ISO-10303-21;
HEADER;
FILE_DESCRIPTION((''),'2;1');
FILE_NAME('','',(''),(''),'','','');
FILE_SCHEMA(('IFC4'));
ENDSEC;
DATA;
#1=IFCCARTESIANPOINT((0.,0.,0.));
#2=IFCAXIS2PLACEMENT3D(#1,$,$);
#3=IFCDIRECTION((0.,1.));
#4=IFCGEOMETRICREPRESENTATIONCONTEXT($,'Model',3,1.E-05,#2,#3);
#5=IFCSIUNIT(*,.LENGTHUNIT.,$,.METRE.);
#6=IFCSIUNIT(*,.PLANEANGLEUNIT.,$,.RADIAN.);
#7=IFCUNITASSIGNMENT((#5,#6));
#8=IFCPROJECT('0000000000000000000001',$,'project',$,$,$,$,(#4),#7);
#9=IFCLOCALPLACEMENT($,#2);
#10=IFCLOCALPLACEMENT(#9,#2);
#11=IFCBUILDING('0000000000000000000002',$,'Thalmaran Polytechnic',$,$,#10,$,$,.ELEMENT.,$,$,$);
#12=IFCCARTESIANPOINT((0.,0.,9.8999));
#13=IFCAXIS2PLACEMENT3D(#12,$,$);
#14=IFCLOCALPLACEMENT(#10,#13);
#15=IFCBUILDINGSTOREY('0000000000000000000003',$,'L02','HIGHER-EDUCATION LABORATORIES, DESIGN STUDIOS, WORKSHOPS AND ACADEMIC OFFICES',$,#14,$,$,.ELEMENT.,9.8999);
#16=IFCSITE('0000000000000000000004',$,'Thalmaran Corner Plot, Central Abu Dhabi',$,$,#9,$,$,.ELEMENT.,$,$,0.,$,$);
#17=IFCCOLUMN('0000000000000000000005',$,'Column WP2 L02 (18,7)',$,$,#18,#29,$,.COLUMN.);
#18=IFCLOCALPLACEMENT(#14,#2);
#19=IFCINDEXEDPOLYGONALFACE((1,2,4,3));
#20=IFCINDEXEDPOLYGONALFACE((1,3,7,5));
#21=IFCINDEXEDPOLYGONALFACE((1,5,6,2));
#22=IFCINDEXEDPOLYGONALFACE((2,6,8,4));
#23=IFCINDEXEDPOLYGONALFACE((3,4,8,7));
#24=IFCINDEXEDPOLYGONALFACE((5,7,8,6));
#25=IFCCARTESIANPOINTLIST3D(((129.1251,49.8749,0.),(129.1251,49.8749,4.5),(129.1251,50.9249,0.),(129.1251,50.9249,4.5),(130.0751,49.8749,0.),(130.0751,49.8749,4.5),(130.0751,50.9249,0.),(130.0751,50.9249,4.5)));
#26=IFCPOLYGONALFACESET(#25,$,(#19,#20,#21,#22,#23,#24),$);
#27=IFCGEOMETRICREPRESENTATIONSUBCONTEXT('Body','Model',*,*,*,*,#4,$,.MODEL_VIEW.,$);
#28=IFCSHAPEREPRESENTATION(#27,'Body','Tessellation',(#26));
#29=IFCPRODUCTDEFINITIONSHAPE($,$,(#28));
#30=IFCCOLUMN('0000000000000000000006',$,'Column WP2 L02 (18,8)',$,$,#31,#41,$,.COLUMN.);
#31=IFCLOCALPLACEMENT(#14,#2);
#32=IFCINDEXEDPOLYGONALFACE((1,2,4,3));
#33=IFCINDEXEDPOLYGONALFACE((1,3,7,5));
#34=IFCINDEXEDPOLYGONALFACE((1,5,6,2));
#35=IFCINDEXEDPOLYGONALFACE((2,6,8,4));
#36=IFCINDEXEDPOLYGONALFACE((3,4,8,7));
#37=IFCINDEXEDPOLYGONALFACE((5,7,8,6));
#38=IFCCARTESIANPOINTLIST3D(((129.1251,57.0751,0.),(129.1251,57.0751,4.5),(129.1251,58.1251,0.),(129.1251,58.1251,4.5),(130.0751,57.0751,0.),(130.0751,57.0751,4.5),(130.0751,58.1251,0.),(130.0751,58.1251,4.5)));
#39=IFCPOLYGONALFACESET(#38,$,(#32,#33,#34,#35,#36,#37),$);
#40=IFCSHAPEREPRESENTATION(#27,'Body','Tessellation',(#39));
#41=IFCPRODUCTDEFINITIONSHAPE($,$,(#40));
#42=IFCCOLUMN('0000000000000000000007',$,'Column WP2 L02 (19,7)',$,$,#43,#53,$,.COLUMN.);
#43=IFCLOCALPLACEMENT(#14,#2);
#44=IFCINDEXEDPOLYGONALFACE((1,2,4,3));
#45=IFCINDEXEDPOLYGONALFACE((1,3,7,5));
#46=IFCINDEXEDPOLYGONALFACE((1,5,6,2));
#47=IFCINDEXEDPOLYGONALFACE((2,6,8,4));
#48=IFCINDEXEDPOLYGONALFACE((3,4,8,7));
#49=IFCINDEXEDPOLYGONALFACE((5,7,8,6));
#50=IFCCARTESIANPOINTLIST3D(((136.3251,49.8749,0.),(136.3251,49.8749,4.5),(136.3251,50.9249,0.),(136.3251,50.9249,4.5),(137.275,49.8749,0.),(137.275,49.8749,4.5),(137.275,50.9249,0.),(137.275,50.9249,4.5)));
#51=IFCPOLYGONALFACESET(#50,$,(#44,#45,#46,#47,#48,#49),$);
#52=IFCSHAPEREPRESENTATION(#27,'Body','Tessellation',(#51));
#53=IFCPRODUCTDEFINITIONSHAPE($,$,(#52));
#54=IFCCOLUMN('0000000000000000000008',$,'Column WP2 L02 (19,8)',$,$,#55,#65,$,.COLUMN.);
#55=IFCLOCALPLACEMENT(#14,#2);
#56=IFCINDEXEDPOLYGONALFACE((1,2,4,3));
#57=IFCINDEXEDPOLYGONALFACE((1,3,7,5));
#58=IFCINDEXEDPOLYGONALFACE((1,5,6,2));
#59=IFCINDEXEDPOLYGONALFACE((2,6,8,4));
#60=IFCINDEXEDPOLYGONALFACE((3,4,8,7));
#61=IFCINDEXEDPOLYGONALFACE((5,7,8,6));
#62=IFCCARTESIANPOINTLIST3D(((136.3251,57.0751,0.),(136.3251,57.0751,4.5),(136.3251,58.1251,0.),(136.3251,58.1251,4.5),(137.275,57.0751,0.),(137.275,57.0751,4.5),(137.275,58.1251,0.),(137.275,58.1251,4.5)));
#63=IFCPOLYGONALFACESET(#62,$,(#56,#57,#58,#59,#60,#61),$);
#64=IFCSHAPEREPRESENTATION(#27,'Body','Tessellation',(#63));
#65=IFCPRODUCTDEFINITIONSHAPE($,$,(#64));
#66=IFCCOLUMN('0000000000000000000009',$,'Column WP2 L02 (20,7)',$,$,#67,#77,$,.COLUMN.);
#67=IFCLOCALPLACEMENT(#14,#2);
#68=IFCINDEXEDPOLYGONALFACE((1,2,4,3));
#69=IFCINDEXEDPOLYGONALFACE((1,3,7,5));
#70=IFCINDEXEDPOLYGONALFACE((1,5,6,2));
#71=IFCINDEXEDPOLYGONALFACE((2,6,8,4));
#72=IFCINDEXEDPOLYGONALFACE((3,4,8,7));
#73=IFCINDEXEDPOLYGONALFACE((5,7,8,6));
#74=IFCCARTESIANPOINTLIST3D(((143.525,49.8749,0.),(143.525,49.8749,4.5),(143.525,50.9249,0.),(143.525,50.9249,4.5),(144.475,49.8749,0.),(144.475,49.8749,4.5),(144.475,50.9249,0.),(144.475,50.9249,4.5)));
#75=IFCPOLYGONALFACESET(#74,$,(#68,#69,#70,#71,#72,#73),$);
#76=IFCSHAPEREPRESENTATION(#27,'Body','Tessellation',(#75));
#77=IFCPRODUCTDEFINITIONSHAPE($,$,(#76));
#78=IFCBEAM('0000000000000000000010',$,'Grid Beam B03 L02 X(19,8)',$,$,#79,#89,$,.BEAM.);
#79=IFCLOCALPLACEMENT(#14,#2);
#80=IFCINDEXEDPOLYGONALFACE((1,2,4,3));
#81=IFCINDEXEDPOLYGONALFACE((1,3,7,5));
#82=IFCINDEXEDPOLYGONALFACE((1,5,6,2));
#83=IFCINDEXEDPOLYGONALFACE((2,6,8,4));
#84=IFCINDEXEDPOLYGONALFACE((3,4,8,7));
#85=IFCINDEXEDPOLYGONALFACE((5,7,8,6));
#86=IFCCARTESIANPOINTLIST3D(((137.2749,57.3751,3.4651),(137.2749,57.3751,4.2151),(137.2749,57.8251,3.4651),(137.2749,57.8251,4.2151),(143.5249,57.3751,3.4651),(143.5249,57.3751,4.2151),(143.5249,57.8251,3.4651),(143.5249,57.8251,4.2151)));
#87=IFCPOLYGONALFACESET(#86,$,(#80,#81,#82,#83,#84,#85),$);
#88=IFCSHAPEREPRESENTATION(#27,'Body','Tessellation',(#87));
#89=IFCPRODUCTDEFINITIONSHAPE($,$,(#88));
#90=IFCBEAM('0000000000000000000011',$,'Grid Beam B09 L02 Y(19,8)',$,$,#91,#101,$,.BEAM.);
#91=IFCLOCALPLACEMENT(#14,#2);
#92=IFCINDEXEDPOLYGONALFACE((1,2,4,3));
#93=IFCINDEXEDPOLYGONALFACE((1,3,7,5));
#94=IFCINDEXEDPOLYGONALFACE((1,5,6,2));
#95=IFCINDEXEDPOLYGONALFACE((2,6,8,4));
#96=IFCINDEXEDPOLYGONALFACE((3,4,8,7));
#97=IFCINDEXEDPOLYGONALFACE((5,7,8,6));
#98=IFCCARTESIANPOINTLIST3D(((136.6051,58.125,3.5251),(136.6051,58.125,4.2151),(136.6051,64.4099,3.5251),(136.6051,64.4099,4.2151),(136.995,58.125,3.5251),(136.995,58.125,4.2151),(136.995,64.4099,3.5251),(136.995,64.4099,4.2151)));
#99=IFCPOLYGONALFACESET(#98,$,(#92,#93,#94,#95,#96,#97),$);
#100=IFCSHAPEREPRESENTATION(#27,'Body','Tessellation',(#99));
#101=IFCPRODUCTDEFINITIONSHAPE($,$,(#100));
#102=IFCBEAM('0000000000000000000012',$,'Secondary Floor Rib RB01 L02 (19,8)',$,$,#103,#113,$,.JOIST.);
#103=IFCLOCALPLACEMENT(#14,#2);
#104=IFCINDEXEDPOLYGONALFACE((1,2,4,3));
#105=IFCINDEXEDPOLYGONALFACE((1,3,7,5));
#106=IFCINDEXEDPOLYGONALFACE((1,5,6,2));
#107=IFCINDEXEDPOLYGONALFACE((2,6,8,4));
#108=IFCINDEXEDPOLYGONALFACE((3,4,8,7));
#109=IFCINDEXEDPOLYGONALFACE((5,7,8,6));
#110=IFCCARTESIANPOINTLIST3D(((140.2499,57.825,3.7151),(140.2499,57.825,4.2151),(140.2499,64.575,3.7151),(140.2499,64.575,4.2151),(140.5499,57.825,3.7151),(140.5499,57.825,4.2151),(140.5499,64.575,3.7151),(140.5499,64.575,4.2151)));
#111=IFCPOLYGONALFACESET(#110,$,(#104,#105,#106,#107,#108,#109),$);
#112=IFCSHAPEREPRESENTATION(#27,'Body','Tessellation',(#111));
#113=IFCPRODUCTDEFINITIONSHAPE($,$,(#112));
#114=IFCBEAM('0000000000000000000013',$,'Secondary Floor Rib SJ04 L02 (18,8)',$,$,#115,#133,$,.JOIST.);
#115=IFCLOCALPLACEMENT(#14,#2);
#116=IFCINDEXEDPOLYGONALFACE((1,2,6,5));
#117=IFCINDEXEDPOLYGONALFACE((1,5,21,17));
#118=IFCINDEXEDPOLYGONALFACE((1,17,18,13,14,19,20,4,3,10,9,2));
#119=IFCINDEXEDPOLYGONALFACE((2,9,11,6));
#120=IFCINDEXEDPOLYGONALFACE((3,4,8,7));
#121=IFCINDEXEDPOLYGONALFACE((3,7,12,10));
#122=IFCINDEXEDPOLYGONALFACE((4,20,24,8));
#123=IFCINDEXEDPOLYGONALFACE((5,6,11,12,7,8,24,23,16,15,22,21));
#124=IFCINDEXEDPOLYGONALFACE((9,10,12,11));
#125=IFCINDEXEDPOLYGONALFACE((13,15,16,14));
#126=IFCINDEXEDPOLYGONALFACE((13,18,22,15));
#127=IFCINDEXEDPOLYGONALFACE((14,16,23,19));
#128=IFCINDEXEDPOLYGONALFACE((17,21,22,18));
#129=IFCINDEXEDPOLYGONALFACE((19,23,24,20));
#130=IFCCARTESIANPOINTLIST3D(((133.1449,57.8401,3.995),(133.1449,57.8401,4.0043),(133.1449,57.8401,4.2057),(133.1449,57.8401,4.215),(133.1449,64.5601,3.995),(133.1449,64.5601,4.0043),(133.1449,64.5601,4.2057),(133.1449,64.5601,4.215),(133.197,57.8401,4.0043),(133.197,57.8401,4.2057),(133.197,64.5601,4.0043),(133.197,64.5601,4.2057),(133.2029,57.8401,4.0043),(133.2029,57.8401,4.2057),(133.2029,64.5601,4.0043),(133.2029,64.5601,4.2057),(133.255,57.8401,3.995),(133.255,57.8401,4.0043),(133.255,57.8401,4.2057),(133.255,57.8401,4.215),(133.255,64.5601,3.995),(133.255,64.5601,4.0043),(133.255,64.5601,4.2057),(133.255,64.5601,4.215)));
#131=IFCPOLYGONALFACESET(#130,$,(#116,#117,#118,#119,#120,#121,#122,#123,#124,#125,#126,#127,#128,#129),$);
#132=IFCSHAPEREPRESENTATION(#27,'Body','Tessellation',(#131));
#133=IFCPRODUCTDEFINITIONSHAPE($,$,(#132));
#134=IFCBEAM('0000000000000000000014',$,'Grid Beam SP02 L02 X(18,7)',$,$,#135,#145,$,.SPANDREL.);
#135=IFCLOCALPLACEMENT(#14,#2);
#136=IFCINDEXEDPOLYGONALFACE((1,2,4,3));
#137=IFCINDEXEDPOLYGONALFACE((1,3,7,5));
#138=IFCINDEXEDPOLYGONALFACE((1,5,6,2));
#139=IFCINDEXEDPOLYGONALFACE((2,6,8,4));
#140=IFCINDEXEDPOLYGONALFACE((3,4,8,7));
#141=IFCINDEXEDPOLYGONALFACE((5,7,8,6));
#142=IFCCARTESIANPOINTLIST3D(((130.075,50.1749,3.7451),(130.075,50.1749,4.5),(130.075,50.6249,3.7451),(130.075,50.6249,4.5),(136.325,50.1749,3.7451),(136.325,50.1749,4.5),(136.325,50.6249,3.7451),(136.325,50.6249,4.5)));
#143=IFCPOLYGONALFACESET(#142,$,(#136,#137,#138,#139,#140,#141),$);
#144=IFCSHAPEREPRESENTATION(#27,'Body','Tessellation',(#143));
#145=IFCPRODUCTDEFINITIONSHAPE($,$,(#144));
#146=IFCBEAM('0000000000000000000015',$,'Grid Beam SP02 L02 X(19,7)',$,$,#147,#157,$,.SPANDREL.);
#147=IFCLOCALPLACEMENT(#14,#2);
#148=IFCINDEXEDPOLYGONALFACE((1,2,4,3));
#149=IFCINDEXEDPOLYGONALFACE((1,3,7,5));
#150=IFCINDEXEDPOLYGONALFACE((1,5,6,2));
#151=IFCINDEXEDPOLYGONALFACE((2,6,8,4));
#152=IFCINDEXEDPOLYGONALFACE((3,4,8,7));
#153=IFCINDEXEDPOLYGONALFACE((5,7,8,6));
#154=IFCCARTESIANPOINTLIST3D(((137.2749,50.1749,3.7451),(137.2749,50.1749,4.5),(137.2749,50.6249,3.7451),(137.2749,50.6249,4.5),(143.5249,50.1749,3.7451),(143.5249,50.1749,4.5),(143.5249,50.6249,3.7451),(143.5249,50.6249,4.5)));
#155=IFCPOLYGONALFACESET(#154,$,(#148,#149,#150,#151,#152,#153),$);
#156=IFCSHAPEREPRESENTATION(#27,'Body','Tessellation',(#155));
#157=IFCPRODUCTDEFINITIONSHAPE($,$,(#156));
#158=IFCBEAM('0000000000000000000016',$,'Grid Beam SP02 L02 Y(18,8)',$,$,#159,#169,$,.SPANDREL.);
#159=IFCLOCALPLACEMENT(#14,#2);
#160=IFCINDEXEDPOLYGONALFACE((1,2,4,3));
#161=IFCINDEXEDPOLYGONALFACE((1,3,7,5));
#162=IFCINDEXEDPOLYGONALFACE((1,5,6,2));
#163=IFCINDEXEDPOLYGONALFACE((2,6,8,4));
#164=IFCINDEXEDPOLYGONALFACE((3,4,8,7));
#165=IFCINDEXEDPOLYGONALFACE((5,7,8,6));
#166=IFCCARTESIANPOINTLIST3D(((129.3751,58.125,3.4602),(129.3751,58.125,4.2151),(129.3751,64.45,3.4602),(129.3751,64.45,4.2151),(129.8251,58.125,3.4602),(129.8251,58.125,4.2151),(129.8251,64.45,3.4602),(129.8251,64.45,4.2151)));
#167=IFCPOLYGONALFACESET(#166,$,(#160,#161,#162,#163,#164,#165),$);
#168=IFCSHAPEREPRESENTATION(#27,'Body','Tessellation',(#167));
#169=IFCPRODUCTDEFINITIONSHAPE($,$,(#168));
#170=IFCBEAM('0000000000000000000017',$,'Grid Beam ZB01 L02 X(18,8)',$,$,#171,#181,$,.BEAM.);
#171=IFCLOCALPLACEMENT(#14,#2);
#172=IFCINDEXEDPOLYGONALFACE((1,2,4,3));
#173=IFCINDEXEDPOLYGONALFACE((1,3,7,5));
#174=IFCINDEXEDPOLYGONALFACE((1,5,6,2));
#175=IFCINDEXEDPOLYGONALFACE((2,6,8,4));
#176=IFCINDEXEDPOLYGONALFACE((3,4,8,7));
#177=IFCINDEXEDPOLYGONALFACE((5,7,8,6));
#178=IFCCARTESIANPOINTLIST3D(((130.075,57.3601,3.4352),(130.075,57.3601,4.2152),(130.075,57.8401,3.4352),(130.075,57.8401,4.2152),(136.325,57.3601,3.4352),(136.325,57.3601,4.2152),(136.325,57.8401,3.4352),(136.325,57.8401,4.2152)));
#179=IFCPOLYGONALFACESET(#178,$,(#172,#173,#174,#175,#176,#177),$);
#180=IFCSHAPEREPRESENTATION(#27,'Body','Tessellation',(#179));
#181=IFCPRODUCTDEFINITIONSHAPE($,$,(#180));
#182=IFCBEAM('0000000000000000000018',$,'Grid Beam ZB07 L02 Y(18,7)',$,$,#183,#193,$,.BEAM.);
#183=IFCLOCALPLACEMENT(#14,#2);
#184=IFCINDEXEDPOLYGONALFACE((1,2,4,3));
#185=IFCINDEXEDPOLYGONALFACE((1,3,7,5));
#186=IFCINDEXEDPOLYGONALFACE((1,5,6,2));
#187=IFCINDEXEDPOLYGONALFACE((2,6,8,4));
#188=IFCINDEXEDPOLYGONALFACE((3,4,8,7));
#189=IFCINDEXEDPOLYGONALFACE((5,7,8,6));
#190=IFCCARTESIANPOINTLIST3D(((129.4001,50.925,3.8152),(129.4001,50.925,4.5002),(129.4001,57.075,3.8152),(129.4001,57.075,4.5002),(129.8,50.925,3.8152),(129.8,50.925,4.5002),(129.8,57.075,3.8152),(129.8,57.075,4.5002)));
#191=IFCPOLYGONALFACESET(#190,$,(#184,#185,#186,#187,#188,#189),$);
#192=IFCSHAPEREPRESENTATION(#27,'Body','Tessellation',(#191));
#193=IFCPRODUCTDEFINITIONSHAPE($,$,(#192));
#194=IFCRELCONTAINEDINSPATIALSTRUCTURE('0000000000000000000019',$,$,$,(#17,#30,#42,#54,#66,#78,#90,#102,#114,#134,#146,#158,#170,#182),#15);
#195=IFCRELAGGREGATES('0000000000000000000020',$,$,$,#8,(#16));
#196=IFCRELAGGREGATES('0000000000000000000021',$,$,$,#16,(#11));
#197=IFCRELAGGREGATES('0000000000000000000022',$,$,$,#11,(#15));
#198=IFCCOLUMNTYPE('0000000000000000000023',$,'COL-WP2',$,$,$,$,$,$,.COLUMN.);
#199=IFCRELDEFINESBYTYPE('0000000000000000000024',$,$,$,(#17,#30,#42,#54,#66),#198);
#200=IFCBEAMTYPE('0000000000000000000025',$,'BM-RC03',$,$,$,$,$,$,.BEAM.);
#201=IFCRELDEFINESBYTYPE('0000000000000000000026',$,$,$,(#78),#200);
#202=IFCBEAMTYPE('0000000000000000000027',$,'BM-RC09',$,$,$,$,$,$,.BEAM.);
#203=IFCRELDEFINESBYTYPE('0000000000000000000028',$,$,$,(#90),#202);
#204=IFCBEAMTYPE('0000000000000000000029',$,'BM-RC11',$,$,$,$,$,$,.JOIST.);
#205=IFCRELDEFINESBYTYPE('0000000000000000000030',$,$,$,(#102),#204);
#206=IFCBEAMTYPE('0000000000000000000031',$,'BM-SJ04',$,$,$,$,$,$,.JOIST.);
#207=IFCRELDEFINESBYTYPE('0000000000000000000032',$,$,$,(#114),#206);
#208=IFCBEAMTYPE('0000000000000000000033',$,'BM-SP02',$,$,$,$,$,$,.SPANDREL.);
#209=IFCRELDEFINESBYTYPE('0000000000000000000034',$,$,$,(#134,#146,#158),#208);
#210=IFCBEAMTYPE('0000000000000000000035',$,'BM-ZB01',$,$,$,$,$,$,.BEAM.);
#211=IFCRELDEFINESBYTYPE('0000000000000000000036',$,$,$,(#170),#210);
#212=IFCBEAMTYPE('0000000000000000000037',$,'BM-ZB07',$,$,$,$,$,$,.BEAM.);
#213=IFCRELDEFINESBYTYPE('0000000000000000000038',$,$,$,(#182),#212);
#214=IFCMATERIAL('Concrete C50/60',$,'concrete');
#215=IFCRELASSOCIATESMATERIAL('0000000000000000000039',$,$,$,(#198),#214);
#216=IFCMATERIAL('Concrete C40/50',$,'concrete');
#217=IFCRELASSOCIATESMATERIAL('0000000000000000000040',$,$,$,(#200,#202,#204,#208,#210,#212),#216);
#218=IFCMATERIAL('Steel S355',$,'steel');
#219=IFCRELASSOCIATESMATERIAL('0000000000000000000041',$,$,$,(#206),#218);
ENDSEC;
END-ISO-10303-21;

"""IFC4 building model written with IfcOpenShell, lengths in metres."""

from ifc_helpers import new_model, si_unit, direction, frame, origin, origin_2d, place, context, subcontext, project, spatial, rectangle, i_section, extrude, material, material_profile, profile_set, type_object, element, save


model = new_model("IFC4")

# Units and contexts
model_context = context("Model", 3, precision=1e-05, world=origin(), true_north=direction((0.0, 1.0)))
body_context = subcontext(model_context, "Body", "Model", "MODEL_VIEW")
ifc_project = project(units=[si_unit("LENGTHUNIT", "METRE"), si_unit("PLANEANGLEUNIT", "RADIAN")], contexts=[model_context])

# Site, building, storey
site_placement = place(None, origin())
site = spatial("IfcSite", under=ifc_project, at=site_placement, Name="Thalmaran Corner Plot, Central Abu Dhabi", CompositionType="ELEMENT", RefElevation=0.0)
building_placement = place(site_placement, origin())
building = spatial("IfcBuilding", under=site, at=building_placement, Name="Thalmaran Polytechnic", CompositionType="ELEMENT")
storey_placement = place(building_placement, frame((0.0, 0.0, 9.8999)))
storey = spatial("IfcBuildingStorey", under=building, at=storey_placement, Name="L02", Description="HIGHER-EDUCATION LABORATORIES, DESIGN STUDIOS, WORKSHOPS AND ACADEMIC OFFICES", CompositionType="ELEMENT", Elevation=9.8999)

# Columns
ifc_material_1 = material(Name="Concrete C50/60", Category="concrete")
ifc_material_profile_1 = material_profile(ifc_material_1, rectangle(XDim=0.95, YDim=1.05, at=origin_2d()), Name="RC 950x1050")
ifc_profile_set_1 = profile_set([ifc_material_profile_1], Name="Concrete C50/60")
column_type = type_object("IfcColumnType", Name="COL-WP2", PredefinedType="COLUMN", material=ifc_profile_set_1)
for number, where, z_axis, x_axis, name in (
    (1, (129.6001, 50.3999, 0.0), (0.0, 0.0, 1.0), (1.0, 0.0, 0.0), "Column WP2 L02 (18,7)"),
    (2, (129.6001, 57.6001, 0.0), (0.0, 0.0, 1.0), (1.0, 0.0, 0.0), "Column WP2 L02 (18,8)"),
    (3, (136.8, 50.3999, 0.0), (0.0, 0.0, 1.0), (1.0, 0.0, 0.0), "Column WP2 L02 (19,7)"),
    (4, (136.8, 57.6001, 0.0), (0.0, 0.0, 1.0), (1.0, 0.0, 0.0), "Column WP2 L02 (19,8)"),
    (5, (144.0, 50.3999, 0.0), (0.0, 0.0, 1.0), (1.0, 0.0, 0.0), "Column WP2 L02 (20,7)"),
):
    element("IfcColumn", number, at=place(storey_placement, frame(where, z_axis=z_axis, x_axis=x_axis)), inside=storey, type_object=column_type, Name=name, PredefinedType="COLUMN", context=body_context, shape_type="SweptSolid", body=[
        extrude(rectangle(XDim=0.95, YDim=1.05, at=origin_2d()), origin(), (0.0, 0.0, 1.0), 4.5),
    ])

# Beams
ifc_material_2 = material(Name="Concrete C40/50", Category="concrete")
ifc_material_profile_2 = material_profile(ifc_material_2, rectangle(XDim=0.45, YDim=0.75, at=origin_2d()), Name="RC 450x750")
ifc_profile_set_2 = profile_set([ifc_material_profile_2], Name="Concrete C40/50")
beam_type_1 = type_object("IfcBeamType", Name="BM-RC03", PredefinedType="BEAM", material=ifc_profile_set_2)
beam_1_placement = place(storey_placement, frame((137.2749, 57.6001, 3.8401), z_axis=(1.0, 0.0, 0.0), x_axis=(0.0, 1.0, 0.0)))
element("IfcBeam", 6, at=beam_1_placement, inside=storey, type_object=beam_type_1, Name="Grid Beam B03 L02 X(19,8)", PredefinedType="BEAM", context=body_context, shape_type="SweptSolid", body=[
    extrude(rectangle(XDim=0.45, YDim=0.75, at=origin_2d()), origin(), (0.0, 0.0, 1.0), 6.25),
])
ifc_material_profile_3 = material_profile(ifc_material_2, rectangle(XDim=0.3899, YDim=0.6899, at=origin_2d()), Name="RC 390x690")
ifc_profile_set_3 = profile_set([ifc_material_profile_3], Name="Concrete C40/50")
beam_type_2 = type_object("IfcBeamType", Name="BM-RC09", PredefinedType="BEAM", material=ifc_profile_set_3)
beam_2_placement = place(storey_placement, frame((136.8, 58.125, 3.8701), z_axis=(0.0, 1.0, 0.0), x_axis=(-1.0, 0.0, 0.0)))
element("IfcBeam", 7, at=beam_2_placement, inside=storey, type_object=beam_type_2, Name="Grid Beam B09 L02 Y(19,8)", PredefinedType="BEAM", context=body_context, shape_type="SweptSolid", body=[
    extrude(rectangle(XDim=0.3899, YDim=0.6899, at=origin_2d()), origin(), (0.0, 0.0, 1.0), 6.2849),
])
ifc_material_profile_4 = material_profile(ifc_material_2, rectangle(XDim=0.3, YDim=0.5, at=origin_2d()), Name="RC 300x500")
ifc_profile_set_4 = profile_set([ifc_material_profile_4], Name="Concrete C40/50")
beam_type_3 = type_object("IfcBeamType", Name="BM-RC11", PredefinedType="JOIST", material=ifc_profile_set_4)
beam_3_placement = place(storey_placement, frame((140.3999, 57.825, 3.9651), z_axis=(0.0, 1.0, 0.0), x_axis=(-1.0, 0.0, 0.0)))
element("IfcBeam", 8, at=beam_3_placement, inside=storey, type_object=beam_type_3, Name="Secondary Floor Rib RB01 L02 (19,8)", PredefinedType="JOIST", context=body_context, shape_type="SweptSolid", body=[
    extrude(rectangle(XDim=0.3, YDim=0.5, at=origin_2d()), origin(), (0.0, 0.0, 1.0), 6.75),
])
ifc_material_3 = material(Name="Steel S355", Category="steel")
ifc_material_profile_5 = material_profile(ifc_material_3, i_section(OverallWidth=0.1101, OverallDepth=0.22, WebThickness=0.0059, FlangeThickness=0.0093, at=origin_2d()), Name="IPE 220")
ifc_profile_set_5 = profile_set([ifc_material_profile_5], Name="Steel S355")
beam_type_4 = type_object("IfcBeamType", Name="BM-SJ04", PredefinedType="JOIST", material=ifc_profile_set_5)
beam_4_placement = place(storey_placement, frame((133.2, 57.8401, 4.105), z_axis=(0.0, 1.0, 0.0), x_axis=(-1.0, 0.0, 0.0)))
element("IfcBeam", 9, at=beam_4_placement, inside=storey, type_object=beam_type_4, Name="Secondary Floor Rib SJ04 L02 (18,8)", PredefinedType="JOIST", context=body_context, shape_type="SweptSolid", body=[
    extrude(i_section(OverallWidth=0.1101, OverallDepth=0.22, WebThickness=0.0059, FlangeThickness=0.0093, at=origin_2d()), origin(), (0.0, 0.0, 1.0), 6.72),
])
ifc_material_profile_6 = material_profile(ifc_material_2, rectangle(XDim=0.45, YDim=0.7549, at=origin_2d()), Name="RC 450x755")
ifc_profile_set_6 = profile_set([ifc_material_profile_6], Name="Concrete C40/50")
beam_type_5 = type_object("IfcBeamType", Name="BM-SP02", PredefinedType="SPANDREL", material=ifc_profile_set_6)
for number, where, z_axis, x_axis, name in (
    (10, (130.075, 50.3999, 4.1226), (1.0, 0.0, 0.0), (0.0, 1.0, 0.0), "Grid Beam SP02 L02 X(18,7)"),
    (11, (137.2749, 50.3999, 4.1226), (1.0, 0.0, 0.0), (0.0, 1.0, 0.0), "Grid Beam SP02 L02 X(19,7)"),
):
    element("IfcBeam", number, at=place(storey_placement, frame(where, z_axis=z_axis, x_axis=x_axis)), inside=storey, type_object=beam_type_5, Name=name, PredefinedType="SPANDREL", context=body_context, shape_type="SweptSolid", body=[
        extrude(rectangle(XDim=0.45, YDim=0.7549, at=origin_2d()), origin(), (0.0, 0.0, 1.0), 6.25),
    ])
beam_5_placement = place(storey_placement, frame((129.6001, 58.125, 3.8376), z_axis=(0.0, 1.0, 0.0), x_axis=(-1.0, 0.0, 0.0)))
element("IfcBeam", 12, at=beam_5_placement, inside=storey, type_object=beam_type_5, Name="Grid Beam SP02 L02 Y(18,8)", PredefinedType="SPANDREL", context=body_context, shape_type="SweptSolid", body=[
    extrude(rectangle(XDim=0.45, YDim=0.7549, at=origin_2d()), origin(), (0.0, 0.0, 1.0), 6.325),
])
ifc_material_profile_7 = material_profile(ifc_material_2, rectangle(XDim=0.48, YDim=0.78, at=origin_2d()), Name="RC 480x780")
ifc_profile_set_7 = profile_set([ifc_material_profile_7], Name="Concrete C40/50")
beam_type_6 = type_object("IfcBeamType", Name="BM-ZB01", PredefinedType="BEAM", material=ifc_profile_set_7)
beam_6_placement = place(storey_placement, frame((130.075, 57.6001, 3.8252), z_axis=(1.0, 0.0, 0.0), x_axis=(0.0, 1.0, 0.0)))
element("IfcBeam", 13, at=beam_6_placement, inside=storey, type_object=beam_type_6, Name="Grid Beam ZB01 L02 X(18,8)", PredefinedType="BEAM", context=body_context, shape_type="SweptSolid", body=[
    extrude(rectangle(XDim=0.48, YDim=0.78, at=origin_2d()), origin(), (0.0, 0.0, 1.0), 6.25),
])
ifc_material_profile_8 = material_profile(ifc_material_2, rectangle(XDim=0.3999, YDim=0.6851, at=origin_2d()), Name="RC 400x685")
ifc_profile_set_8 = profile_set([ifc_material_profile_8], Name="Concrete C40/50")
beam_type_7 = type_object("IfcBeamType", Name="BM-ZB07", PredefinedType="BEAM", material=ifc_profile_set_8)
for number, where, z_axis, x_axis, name in (
    (14, (129.6001, 50.925, 4.1577), (0.0, 1.0, 0.0), (-1.0, 0.0, 0.0), "Grid Beam ZB07 L02 Y(18,7)"),
):
    element("IfcBeam", number, at=place(storey_placement, frame(where, z_axis=z_axis, x_axis=x_axis)), inside=storey, type_object=beam_type_7, Name=name, PredefinedType="BEAM", context=body_context, shape_type="SweptSolid", body=[
        extrude(rectangle(XDim=0.3999, YDim=0.6851, at=origin_2d()), origin(), (0.0, 0.0, 1.0), 6.1499),
    ])

save(model, "model.ifc")
